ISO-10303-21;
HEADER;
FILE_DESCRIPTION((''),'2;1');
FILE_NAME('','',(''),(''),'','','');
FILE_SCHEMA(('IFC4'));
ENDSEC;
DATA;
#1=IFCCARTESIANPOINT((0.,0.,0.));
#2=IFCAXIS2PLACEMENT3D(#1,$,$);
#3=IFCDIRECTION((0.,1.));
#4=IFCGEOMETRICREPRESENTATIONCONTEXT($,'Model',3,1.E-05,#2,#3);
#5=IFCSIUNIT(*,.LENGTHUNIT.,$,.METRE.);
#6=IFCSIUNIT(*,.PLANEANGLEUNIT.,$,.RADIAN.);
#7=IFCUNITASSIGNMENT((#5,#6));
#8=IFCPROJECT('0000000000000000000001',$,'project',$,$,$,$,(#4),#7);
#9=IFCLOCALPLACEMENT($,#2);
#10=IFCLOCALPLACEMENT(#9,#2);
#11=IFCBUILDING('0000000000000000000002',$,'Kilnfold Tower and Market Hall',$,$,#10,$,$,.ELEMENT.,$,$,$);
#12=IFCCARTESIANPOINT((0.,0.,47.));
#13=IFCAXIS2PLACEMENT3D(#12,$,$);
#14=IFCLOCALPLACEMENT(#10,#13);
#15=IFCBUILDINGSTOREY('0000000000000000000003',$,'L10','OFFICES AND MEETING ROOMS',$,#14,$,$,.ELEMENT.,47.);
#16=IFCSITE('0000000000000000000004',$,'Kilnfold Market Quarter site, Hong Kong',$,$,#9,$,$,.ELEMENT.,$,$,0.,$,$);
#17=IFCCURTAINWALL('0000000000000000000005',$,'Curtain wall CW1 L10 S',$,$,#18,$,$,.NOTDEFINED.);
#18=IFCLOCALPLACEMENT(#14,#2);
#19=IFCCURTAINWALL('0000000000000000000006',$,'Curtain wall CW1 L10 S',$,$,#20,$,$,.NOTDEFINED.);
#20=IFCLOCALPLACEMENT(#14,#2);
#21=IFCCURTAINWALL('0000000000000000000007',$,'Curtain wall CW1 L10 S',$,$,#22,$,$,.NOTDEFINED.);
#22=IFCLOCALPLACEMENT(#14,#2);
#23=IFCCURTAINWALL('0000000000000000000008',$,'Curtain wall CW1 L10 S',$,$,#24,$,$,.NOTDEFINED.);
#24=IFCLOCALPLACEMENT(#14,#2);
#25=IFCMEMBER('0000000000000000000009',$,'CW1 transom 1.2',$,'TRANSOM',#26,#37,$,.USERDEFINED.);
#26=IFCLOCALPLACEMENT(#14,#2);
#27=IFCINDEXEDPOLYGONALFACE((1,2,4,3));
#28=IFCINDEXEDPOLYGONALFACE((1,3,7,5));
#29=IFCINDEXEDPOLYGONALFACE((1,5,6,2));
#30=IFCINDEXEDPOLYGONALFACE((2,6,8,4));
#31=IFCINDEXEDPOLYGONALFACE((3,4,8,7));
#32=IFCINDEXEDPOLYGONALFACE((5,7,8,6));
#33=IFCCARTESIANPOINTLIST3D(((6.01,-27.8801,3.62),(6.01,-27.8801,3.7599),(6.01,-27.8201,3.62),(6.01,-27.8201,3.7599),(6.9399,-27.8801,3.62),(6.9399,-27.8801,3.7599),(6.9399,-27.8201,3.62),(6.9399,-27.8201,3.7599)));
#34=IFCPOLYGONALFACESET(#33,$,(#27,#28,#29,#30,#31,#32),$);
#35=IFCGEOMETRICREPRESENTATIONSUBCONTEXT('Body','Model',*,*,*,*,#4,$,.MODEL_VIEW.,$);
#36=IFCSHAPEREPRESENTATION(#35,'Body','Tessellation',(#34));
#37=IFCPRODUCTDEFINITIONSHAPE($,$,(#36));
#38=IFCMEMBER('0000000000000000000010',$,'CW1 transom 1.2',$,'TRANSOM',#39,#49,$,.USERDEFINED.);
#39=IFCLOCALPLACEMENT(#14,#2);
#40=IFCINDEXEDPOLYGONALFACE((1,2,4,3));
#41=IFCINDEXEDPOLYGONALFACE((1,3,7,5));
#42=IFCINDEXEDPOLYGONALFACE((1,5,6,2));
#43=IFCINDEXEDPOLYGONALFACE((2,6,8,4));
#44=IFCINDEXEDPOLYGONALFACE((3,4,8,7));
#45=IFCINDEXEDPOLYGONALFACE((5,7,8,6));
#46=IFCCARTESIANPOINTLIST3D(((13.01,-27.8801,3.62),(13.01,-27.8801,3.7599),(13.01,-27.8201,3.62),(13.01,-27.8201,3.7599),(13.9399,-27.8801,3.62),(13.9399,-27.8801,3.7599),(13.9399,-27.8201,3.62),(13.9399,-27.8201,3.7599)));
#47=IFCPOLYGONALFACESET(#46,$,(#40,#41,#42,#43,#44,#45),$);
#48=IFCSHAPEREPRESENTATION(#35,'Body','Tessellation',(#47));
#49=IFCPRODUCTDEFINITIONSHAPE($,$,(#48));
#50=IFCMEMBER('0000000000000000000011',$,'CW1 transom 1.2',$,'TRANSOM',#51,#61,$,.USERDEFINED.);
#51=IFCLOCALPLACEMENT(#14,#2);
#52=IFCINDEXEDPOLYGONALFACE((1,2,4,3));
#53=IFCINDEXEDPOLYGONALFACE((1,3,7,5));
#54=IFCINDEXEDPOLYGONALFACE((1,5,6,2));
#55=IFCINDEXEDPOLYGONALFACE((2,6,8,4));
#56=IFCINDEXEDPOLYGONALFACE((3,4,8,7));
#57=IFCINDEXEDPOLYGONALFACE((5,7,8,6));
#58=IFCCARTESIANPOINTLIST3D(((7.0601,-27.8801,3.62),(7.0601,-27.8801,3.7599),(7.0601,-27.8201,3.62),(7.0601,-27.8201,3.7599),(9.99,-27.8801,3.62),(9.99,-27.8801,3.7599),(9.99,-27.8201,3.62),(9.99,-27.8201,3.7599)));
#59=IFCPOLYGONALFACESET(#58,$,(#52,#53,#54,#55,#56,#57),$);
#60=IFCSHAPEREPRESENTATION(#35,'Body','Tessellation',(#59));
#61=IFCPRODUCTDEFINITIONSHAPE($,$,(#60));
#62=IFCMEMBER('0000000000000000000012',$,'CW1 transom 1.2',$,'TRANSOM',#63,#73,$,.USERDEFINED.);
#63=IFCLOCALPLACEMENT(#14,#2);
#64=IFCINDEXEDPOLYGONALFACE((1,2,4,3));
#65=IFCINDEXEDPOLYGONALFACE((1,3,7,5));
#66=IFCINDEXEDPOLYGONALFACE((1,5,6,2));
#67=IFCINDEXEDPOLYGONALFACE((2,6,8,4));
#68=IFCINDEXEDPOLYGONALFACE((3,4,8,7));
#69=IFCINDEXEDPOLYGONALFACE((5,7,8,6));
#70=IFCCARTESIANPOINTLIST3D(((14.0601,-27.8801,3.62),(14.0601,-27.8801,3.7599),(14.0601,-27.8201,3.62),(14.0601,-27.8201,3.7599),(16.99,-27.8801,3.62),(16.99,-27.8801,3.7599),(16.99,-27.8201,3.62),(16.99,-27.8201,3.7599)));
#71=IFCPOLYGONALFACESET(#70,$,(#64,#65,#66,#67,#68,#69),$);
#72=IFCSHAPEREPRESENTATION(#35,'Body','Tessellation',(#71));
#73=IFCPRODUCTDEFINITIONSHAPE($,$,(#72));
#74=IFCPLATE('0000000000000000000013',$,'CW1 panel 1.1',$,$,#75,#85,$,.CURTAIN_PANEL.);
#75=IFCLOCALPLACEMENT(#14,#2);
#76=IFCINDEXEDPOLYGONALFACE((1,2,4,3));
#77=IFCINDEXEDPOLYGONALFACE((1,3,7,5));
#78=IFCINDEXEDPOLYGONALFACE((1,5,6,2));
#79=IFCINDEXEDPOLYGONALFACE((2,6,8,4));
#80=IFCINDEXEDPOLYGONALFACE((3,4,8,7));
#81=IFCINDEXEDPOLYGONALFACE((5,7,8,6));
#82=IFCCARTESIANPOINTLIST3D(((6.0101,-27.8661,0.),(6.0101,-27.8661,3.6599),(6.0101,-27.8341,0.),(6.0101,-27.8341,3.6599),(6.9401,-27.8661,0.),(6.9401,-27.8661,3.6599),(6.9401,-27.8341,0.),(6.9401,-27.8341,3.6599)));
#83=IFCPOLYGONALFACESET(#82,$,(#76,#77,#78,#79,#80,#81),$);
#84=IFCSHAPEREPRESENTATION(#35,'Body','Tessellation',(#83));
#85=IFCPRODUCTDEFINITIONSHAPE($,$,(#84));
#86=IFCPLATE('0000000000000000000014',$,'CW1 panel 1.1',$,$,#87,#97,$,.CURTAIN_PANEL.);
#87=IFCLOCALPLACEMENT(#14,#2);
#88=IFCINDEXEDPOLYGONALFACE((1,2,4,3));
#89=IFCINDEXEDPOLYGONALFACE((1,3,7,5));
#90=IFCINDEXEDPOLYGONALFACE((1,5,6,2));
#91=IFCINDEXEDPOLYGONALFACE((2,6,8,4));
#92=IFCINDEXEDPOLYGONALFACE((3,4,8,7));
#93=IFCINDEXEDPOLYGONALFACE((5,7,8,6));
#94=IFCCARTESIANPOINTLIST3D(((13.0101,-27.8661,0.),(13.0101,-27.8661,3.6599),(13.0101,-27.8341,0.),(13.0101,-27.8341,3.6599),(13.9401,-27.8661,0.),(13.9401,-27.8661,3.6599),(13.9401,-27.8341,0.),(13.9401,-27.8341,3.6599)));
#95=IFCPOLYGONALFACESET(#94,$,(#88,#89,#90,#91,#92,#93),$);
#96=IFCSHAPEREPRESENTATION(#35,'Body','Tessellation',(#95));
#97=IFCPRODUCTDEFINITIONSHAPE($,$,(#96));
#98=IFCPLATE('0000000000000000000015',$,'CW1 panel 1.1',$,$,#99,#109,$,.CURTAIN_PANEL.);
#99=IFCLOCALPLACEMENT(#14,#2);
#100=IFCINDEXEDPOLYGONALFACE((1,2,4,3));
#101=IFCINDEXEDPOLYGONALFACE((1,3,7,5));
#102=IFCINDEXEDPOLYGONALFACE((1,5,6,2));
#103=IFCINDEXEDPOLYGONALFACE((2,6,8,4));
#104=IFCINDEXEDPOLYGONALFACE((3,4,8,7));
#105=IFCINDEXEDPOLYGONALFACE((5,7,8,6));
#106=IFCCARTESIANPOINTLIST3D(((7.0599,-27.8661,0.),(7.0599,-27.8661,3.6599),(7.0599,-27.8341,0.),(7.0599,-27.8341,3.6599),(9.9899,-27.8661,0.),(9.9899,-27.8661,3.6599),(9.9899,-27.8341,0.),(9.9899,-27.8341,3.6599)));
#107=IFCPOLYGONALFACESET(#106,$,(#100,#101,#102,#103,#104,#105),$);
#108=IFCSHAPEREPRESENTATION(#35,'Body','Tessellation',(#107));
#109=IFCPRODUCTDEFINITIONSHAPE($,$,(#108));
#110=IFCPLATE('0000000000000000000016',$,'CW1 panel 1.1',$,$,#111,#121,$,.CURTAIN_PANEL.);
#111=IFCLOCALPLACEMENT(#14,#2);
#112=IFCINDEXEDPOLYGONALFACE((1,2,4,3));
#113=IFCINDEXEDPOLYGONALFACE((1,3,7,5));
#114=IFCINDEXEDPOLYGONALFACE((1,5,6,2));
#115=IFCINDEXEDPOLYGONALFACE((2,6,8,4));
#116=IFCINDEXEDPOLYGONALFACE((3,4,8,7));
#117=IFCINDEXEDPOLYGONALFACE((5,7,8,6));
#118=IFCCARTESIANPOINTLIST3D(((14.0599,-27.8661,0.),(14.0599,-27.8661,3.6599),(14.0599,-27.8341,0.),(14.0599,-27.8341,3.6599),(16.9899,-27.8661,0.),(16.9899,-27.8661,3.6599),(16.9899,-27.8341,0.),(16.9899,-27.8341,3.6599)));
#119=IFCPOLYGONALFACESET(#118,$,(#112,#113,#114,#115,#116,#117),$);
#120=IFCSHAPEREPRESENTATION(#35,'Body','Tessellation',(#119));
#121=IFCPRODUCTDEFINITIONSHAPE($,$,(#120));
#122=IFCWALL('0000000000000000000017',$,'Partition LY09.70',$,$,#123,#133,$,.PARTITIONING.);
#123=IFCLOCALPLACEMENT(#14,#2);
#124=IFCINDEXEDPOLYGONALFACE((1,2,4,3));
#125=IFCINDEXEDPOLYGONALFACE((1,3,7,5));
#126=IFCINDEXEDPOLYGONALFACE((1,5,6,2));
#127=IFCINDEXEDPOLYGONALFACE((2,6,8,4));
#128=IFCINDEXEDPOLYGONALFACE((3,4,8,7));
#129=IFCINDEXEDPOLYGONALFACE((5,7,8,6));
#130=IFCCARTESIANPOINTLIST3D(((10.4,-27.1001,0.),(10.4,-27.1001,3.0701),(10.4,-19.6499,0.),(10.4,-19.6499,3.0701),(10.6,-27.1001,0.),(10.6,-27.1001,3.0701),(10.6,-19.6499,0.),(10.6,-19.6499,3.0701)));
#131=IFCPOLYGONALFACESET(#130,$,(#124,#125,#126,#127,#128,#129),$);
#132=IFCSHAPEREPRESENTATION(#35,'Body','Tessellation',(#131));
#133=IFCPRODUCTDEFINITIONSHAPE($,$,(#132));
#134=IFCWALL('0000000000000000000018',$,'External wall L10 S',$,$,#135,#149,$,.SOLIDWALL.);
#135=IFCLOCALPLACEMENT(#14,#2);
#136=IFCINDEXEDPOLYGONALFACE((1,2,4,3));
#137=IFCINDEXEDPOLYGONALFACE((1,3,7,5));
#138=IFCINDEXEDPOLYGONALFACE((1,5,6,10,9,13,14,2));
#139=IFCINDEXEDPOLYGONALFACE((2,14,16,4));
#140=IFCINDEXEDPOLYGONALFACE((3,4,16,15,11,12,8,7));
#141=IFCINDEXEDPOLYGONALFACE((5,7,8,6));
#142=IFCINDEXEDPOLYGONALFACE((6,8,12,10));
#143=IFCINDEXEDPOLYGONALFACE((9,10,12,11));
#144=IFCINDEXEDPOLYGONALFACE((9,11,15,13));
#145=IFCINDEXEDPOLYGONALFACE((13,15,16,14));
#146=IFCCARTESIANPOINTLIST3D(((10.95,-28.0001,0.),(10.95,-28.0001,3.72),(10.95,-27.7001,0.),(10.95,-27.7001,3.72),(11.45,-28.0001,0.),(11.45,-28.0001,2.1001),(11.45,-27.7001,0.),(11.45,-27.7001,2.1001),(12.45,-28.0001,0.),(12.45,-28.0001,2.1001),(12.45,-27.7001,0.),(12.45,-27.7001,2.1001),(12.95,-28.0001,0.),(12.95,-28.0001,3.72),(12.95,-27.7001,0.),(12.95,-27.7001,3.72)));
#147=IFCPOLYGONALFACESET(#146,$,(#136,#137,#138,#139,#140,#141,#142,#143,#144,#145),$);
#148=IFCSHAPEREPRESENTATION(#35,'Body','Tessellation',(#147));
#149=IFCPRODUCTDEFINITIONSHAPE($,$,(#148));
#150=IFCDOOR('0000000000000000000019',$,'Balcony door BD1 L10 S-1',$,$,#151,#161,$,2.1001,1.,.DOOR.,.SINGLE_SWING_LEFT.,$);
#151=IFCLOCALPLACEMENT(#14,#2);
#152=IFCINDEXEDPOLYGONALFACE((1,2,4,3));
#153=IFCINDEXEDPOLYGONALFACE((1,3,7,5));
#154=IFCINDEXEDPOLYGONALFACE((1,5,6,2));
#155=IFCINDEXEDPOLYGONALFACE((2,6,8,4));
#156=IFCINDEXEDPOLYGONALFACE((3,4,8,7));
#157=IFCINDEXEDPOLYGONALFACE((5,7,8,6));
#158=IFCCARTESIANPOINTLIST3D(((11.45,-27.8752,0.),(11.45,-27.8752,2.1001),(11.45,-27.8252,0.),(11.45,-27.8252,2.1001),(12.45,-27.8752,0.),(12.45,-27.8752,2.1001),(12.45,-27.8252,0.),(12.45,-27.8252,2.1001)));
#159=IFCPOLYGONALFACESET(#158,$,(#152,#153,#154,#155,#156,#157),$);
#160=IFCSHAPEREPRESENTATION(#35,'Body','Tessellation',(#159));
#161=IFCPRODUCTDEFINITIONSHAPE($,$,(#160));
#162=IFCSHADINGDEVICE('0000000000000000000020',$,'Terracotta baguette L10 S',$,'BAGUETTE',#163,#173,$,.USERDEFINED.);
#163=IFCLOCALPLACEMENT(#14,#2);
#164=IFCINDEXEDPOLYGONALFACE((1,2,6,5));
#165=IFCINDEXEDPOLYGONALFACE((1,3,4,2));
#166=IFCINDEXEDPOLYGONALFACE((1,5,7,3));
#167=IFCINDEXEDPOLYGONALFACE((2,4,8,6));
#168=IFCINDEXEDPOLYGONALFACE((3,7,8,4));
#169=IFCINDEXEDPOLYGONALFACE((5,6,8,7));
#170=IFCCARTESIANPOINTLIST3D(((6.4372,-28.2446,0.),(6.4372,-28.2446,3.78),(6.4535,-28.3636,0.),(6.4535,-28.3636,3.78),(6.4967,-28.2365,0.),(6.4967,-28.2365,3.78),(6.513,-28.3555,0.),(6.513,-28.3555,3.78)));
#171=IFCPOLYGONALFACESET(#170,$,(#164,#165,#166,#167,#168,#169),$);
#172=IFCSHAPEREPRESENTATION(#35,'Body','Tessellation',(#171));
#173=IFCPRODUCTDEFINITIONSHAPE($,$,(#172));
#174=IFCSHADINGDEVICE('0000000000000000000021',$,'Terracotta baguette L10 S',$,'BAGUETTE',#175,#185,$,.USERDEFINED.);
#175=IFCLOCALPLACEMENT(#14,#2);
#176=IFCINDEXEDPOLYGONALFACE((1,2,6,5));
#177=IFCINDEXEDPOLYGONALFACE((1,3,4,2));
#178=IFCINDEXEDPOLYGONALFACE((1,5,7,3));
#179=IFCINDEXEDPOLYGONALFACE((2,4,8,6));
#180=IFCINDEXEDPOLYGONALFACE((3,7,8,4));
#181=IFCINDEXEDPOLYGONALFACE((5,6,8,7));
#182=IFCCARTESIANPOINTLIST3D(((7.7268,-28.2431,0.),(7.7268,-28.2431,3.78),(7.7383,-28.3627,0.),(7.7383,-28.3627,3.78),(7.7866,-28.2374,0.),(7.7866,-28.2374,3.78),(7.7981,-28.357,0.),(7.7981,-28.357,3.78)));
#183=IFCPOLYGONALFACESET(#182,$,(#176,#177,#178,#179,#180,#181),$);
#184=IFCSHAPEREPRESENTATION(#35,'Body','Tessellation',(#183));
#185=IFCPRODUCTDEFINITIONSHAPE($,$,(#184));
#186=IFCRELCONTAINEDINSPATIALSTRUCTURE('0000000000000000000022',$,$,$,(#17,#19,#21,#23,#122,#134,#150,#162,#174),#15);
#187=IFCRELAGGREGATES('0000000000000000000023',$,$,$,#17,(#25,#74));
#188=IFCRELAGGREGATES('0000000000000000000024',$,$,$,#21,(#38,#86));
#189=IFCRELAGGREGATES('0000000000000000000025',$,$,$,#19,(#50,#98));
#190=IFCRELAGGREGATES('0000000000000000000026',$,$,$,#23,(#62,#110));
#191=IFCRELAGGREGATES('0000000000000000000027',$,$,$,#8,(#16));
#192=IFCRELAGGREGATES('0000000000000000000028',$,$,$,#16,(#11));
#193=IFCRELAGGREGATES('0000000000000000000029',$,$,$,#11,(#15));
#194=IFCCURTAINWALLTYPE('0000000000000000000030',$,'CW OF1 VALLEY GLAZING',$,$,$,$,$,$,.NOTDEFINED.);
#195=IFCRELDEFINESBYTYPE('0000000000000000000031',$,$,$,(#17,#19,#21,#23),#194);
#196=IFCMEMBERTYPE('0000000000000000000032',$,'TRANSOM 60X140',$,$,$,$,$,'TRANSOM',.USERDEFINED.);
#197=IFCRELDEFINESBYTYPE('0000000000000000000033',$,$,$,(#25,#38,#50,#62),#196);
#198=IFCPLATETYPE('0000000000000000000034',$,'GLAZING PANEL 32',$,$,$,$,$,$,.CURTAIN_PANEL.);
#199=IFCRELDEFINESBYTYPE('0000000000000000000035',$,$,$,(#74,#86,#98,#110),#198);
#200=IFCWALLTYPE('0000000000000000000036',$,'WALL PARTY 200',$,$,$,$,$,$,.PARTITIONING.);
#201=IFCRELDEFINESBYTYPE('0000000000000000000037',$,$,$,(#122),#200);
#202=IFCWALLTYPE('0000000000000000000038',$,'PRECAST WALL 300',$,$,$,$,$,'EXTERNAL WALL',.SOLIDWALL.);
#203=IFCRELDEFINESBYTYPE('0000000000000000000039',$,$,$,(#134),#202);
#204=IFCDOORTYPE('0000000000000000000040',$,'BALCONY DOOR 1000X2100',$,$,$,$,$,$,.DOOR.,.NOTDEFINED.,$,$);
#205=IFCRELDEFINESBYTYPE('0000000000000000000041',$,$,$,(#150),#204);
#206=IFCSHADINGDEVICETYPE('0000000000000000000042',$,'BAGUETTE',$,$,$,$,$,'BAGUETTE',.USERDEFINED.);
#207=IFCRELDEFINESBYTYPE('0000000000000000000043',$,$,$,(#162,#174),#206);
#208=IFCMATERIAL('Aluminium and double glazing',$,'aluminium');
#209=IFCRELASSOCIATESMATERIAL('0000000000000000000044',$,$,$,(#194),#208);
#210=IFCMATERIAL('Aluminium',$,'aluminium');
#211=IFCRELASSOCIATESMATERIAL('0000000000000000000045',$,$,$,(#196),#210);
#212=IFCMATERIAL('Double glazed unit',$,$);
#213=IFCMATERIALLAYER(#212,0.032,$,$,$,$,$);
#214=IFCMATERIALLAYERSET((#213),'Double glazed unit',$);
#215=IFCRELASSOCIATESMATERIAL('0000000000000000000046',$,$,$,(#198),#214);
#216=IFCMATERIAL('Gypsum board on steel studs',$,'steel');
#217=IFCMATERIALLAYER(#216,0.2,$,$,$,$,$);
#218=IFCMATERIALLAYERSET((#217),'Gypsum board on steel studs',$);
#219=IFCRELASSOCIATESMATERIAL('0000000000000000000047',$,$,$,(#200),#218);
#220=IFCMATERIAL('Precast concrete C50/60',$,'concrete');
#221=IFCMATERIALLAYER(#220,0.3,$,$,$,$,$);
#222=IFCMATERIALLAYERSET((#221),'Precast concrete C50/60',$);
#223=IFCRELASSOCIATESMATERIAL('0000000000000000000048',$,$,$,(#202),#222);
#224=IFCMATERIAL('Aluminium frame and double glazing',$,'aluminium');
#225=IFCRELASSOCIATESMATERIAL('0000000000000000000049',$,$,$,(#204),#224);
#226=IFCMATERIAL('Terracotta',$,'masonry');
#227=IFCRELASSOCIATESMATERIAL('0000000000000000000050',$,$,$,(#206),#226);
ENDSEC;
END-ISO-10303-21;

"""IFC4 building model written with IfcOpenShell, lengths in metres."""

from ifc_helpers import new_model, si_unit, direction, frame, frame_2d, origin, origin_2d, place, context, subcontext, project, spatial, rectangle, extrude, source, transform, mapped, material, layer, layer_set, material_profile, profile_set, type_object, element, fill, aggregate, save


model = new_model("IFC4")

# Units and contexts
model_context = context("Model", 3, precision=1e-05, world=origin(), true_north=direction((0.0, 1.0)))
body_context = subcontext(model_context, "Body", "Model", "MODEL_VIEW")
ifc_project = project(units=[si_unit("LENGTHUNIT", "METRE"), si_unit("PLANEANGLEUNIT", "RADIAN")], contexts=[model_context])

# Site, building, storey
site_placement = place(None, origin())
site = spatial("IfcSite", under=ifc_project, at=site_placement, Name="Kilnfold Market Quarter site, Hong Kong", CompositionType="ELEMENT", RefElevation=0.0)
building_placement = place(site_placement, origin())
building = spatial("IfcBuilding", under=site, at=building_placement, Name="Kilnfold Tower and Market Hall", CompositionType="ELEMENT")
storey_placement = place(building_placement, frame((0.0, 0.0, 47.0)))
storey = spatial("IfcBuildingStorey", under=building, at=storey_placement, Name="L10", Description="OFFICES AND MEETING ROOMS", CompositionType="ELEMENT", Elevation=47.0)

# Curtain walls
ifc_material_1 = material(Name="Aluminium and double glazing", Category="aluminium")
curtain_wall_type = type_object("IfcCurtainWallType", Name="CW OF1 VALLEY GLAZING", PredefinedType="NOTDEFINED", material=ifc_material_1)
curtain_wall_1_placement = place(storey_placement, origin())
curtain_wall_1 = element("IfcCurtainWall", 1, at=curtain_wall_1_placement, inside=storey, type_object=curtain_wall_type, Name="Curtain wall CW1 L10 S", PredefinedType="NOTDEFINED")
curtain_wall_2_placement = place(storey_placement, origin())
curtain_wall_2 = element("IfcCurtainWall", 2, at=curtain_wall_2_placement, inside=storey, type_object=curtain_wall_type, Name="Curtain wall CW1 L10 S", PredefinedType="NOTDEFINED")
curtain_wall_3_placement = place(storey_placement, origin())
curtain_wall_3 = element("IfcCurtainWall", 3, at=curtain_wall_3_placement, inside=storey, type_object=curtain_wall_type, Name="Curtain wall CW1 L10 S", PredefinedType="NOTDEFINED")
curtain_wall_4_placement = place(storey_placement, origin())
curtain_wall_4 = element("IfcCurtainWall", 4, at=curtain_wall_4_placement, inside=storey, type_object=curtain_wall_type, Name="Curtain wall CW1 L10 S", PredefinedType="NOTDEFINED")

# Members
ifc_material_2 = material(Name="Aluminium", Category="aluminium")
ifc_material_profile_1 = material_profile(ifc_material_2, rectangle(XDim=0.0601, YDim=0.1399, at=origin_2d()), Name="TRANSOM 60x140")
ifc_profile_set_1 = profile_set([ifc_material_profile_1], Name="Aluminium")
member_type_1 = type_object("IfcMemberType", Name="TRANSOM 60X140", ElementType="TRANSOM", PredefinedType="USERDEFINED", material=ifc_profile_set_1)
shared_shape_1 = source(origin(), body_context, "Body", "SweptSolid", [
    extrude(rectangle(XDim=0.0601, YDim=0.1399, at=origin_2d()), origin(), (0.0, 0.0, 1.0), 0.9299),
])
member_1_placement = place(storey_placement, frame((6.01, -27.8501, 3.6899), z_axis=(1.0, 0.0, 0.0), x_axis=(0.0, 1.0, 0.0)))
member_1 = element("IfcMember", 5, at=member_1_placement, type_object=member_type_1, Name="CW1 transom 1.2", ObjectType="TRANSOM", PredefinedType="USERDEFINED", context=body_context, shape_type="MappedRepresentation", body=[
    mapped(shared_shape_1, transform((0.0, 0.0, 0.0))),
])
member_2_placement = place(storey_placement, frame((13.01, -27.8501, 3.6899), z_axis=(1.0, 0.0, 0.0), x_axis=(0.0, 1.0, 0.0)))
member_2 = element("IfcMember", 6, at=member_2_placement, type_object=member_type_1, Name="CW1 transom 1.2", ObjectType="TRANSOM", PredefinedType="USERDEFINED", context=body_context, shape_type="MappedRepresentation", body=[
    mapped(shared_shape_1, transform((0.0, 0.0, 0.0))),
])
shared_shape_2 = source(origin(), body_context, "Body", "SweptSolid", [
    extrude(rectangle(XDim=0.0601, YDim=0.1399, at=origin_2d()), origin(), (0.0, 0.0, 1.0), 2.9299),
])
member_3_placement = place(storey_placement, frame((7.0601, -27.8501, 3.6899), z_axis=(1.0, 0.0, 0.0), x_axis=(0.0, 1.0, 0.0)))
member_3 = element("IfcMember", 7, at=member_3_placement, type_object=member_type_1, Name="CW1 transom 1.2", ObjectType="TRANSOM", PredefinedType="USERDEFINED", context=body_context, shape_type="MappedRepresentation", body=[
    mapped(shared_shape_2, transform((0.0, 0.0, 0.0))),
])
member_4_placement = place(storey_placement, frame((14.0601, -27.8501, 3.6899), z_axis=(1.0, 0.0, 0.0), x_axis=(0.0, 1.0, 0.0)))
member_4 = element("IfcMember", 8, at=member_4_placement, type_object=member_type_1, Name="CW1 transom 1.2", ObjectType="TRANSOM", PredefinedType="USERDEFINED", context=body_context, shape_type="MappedRepresentation", body=[
    mapped(shared_shape_2, transform((0.0, 0.0, 0.0))),
])

# Plates
ifc_material_3 = material(Name="Double glazed unit")
ifc_layer_1 = layer(ifc_material_3, 0.032)
ifc_layer_set_1 = layer_set([ifc_layer_1], Name="Double glazed unit")
plate_type = type_object("IfcPlateType", Name="GLAZING PANEL 32", PredefinedType="CURTAIN_PANEL", material=ifc_layer_set_1)
shared_shape_3 = source(origin(), body_context, "Body", "SweptSolid", [
    extrude(rectangle(XDim=0.9299, YDim=0.032, at=origin_2d()), origin(), (0.0, 0.0, 1.0), 3.6599),
])
plate_1_placement = place(storey_placement, frame((6.4751, -27.8501, 0.0), z_axis=(0.0, 0.0, 1.0), x_axis=(1.0, 0.0, 0.0)))
plate_1 = element("IfcPlate", 9, at=plate_1_placement, type_object=plate_type, Name="CW1 panel 1.1", PredefinedType="CURTAIN_PANEL", context=body_context, shape_type="MappedRepresentation", body=[
    mapped(shared_shape_3, transform((0.0, 0.0, 0.0))),
])
aggregate(curtain_wall_1, [member_1, plate_1])
plate_2_placement = place(storey_placement, frame((13.4751, -27.8501, 0.0), z_axis=(0.0, 0.0, 1.0), x_axis=(1.0, 0.0, 0.0)))
plate_2 = element("IfcPlate", 10, at=plate_2_placement, type_object=plate_type, Name="CW1 panel 1.1", PredefinedType="CURTAIN_PANEL", context=body_context, shape_type="MappedRepresentation", body=[
    mapped(shared_shape_3, transform((0.0, 0.0, 0.0))),
])
aggregate(curtain_wall_3, [member_2, plate_2])
shared_shape_4 = source(origin(), body_context, "Body", "SweptSolid", [
    extrude(rectangle(XDim=2.9299, YDim=0.032, at=origin_2d()), origin(), (0.0, 0.0, 1.0), 3.6599),
])
plate_3_placement = place(storey_placement, frame((8.5249, -27.8501, 0.0), z_axis=(0.0, 0.0, 1.0), x_axis=(1.0, 0.0, 0.0)))
plate_3 = element("IfcPlate", 11, at=plate_3_placement, type_object=plate_type, Name="CW1 panel 1.1", PredefinedType="CURTAIN_PANEL", context=body_context, shape_type="MappedRepresentation", body=[
    mapped(shared_shape_4, transform((0.0, 0.0, 0.0))),
])
aggregate(curtain_wall_2, [member_3, plate_3])
plate_4_placement = place(storey_placement, frame((15.5249, -27.8501, 0.0), z_axis=(0.0, 0.0, 1.0), x_axis=(1.0, 0.0, 0.0)))
plate_4 = element("IfcPlate", 12, at=plate_4_placement, type_object=plate_type, Name="CW1 panel 1.1", PredefinedType="CURTAIN_PANEL", context=body_context, shape_type="MappedRepresentation", body=[
    mapped(shared_shape_4, transform((0.0, 0.0, 0.0))),
])
aggregate(curtain_wall_4, [member_4, plate_4])

# Wall
ifc_material_4 = material(Name="Gypsum board on steel studs", Category="steel")
ifc_layer_2 = layer(ifc_material_4, 0.2)
ifc_layer_set_2 = layer_set([ifc_layer_2], Name="Gypsum board on steel studs")
wall_type_1 = type_object("IfcWallType", Name="WALL PARTY 200", PredefinedType="PARTITIONING", material=ifc_layer_set_2)
wall_1_placement = place(storey_placement, frame((10.5, -27.1001, 0.0), z_axis=(0.0, 0.0, 1.0), x_axis=(0.0, 1.0, 0.0)))
element("IfcWall", 13, at=wall_1_placement, inside=storey, type_object=wall_type_1, Name="Partition LY09.70", PredefinedType="PARTITIONING", context=body_context, shape_type="SweptSolid", body=[
    extrude(rectangle(XDim=7.4502, YDim=0.2, at=frame_2d((3.7251, 0.0))), origin(), (0.0, 0.0, 1.0), 3.0701),
])

# Wall, opening, door
ifc_material_5 = material(Name="Precast concrete C50/60", Category="concrete")
ifc_layer_3 = layer(ifc_material_5, 0.3)
ifc_layer_set_3 = layer_set([ifc_layer_3], Name="Precast concrete C50/60")
wall_type_2 = type_object("IfcWallType", Name="PRECAST WALL 300", ElementType="EXTERNAL WALL", PredefinedType="SOLIDWALL", material=ifc_layer_set_3)
shared_shape_5 = source(origin(), body_context, "Body", "SweptSolid", [
    extrude(rectangle(XDim=2.0, YDim=0.3, at=frame_2d((1.0, 0.0))), origin(), (0.0, 0.0, 1.0), 3.72),
])
wall_2_placement = place(storey_placement, frame((10.95, -27.8501, 0.0), z_axis=(0.0, 0.0, 1.0), x_axis=(1.0, 0.0, 0.0)))
wall_2 = element("IfcWall", 14, at=wall_2_placement, inside=storey, type_object=wall_type_2, Name="External wall L10 S", PredefinedType="SOLIDWALL", context=body_context, shape_type="MappedRepresentation", body=[
    mapped(shared_shape_5, transform((0.0, 0.0, 0.0))),
])
opening_placement = place(wall_2_placement, frame((0.5, 0.0, 0.0)))
opening = element("IfcOpeningElement", 15, at=opening_placement, cuts=wall_2, PredefinedType="OPENING", context=body_context, shape_type="SweptSolid", body=[
    extrude(rectangle(XDim=1.0, YDim=2.1001, at=frame_2d((0.5, 1.05))), frame((0.0, 0.1602, 0.0), z_axis=(0.0, -1.0, 0.0), x_axis=(1.0, 0.0, 0.0)), (0.0, 0.0, 1.0), 0.3201),
])
ifc_material_6 = material(Name="Aluminium frame and double glazing", Category="aluminium")
door_type = type_object("IfcDoorType", Name="BALCONY DOOR 1000X2100", OperationType="NOTDEFINED", PredefinedType="DOOR", material=ifc_material_6)
door_placement = place(opening_placement, origin())
door = element("IfcDoor", 16, at=door_placement, inside=storey, type_object=door_type, Name="Balcony door BD1 L10 S-1", OperationType="SINGLE_SWING_LEFT", OverallHeight=2.1001, OverallWidth=1.0, PredefinedType="DOOR", context=body_context, shape_type="SweptSolid", body=[
    extrude(rectangle(XDim=1.0, YDim=2.1001, at=frame_2d((0.5, 1.05))), frame((0.0, 0.0249, 0.0), z_axis=(0.0, -1.0, 0.0), x_axis=(1.0, 0.0, 0.0)), (0.0, 0.0, 1.0), 0.05),
])
fill(opening, door)

# Shading devices
ifc_material_7 = material(Name="Terracotta", Category="masonry")
ifc_material_profile_2 = material_profile(ifc_material_7, rectangle(XDim=0.0601, YDim=0.1201, at=origin_2d()), Name="BAG 60x120")
ifc_profile_set_2 = profile_set([ifc_material_profile_2], Name="Terracotta")
shading_device_type = type_object("IfcShadingDeviceType", Name="BAGUETTE", ElementType="BAGUETTE", PredefinedType="USERDEFINED", material=ifc_profile_set_2)
shared_shape_6 = source(origin(), body_context, "Body", "SweptSolid", [
    extrude(rectangle(XDim=0.0601, YDim=0.1201, at=origin_2d()), origin(), (0.0, 0.0, 1.0), 3.78),
])
for number, where, z_axis, x_axis, name in (
    (17, (6.4751, -28.3, 0.0), (0.0, 0.0, 1.0), (0.990826, 0.135147, 0.0), "Terracotta baguette L10 S"),
    (18, (7.7625, -28.3, 0.0), (0.0, 0.0, 1.0), (0.995464, 0.095139, 0.0), "Terracotta baguette L10 S"),
):
    element("IfcShadingDevice", number, at=place(storey_placement, frame(where, z_axis=z_axis, x_axis=x_axis)), inside=storey, type_object=shading_device_type, Name=name, ObjectType="BAGUETTE", PredefinedType="USERDEFINED", context=body_context, shape_type="MappedRepresentation", body=[
        mapped(shared_shape_6, transform((0.0, 0.0, 0.0))),
    ])

save(model, "model.ifc")
